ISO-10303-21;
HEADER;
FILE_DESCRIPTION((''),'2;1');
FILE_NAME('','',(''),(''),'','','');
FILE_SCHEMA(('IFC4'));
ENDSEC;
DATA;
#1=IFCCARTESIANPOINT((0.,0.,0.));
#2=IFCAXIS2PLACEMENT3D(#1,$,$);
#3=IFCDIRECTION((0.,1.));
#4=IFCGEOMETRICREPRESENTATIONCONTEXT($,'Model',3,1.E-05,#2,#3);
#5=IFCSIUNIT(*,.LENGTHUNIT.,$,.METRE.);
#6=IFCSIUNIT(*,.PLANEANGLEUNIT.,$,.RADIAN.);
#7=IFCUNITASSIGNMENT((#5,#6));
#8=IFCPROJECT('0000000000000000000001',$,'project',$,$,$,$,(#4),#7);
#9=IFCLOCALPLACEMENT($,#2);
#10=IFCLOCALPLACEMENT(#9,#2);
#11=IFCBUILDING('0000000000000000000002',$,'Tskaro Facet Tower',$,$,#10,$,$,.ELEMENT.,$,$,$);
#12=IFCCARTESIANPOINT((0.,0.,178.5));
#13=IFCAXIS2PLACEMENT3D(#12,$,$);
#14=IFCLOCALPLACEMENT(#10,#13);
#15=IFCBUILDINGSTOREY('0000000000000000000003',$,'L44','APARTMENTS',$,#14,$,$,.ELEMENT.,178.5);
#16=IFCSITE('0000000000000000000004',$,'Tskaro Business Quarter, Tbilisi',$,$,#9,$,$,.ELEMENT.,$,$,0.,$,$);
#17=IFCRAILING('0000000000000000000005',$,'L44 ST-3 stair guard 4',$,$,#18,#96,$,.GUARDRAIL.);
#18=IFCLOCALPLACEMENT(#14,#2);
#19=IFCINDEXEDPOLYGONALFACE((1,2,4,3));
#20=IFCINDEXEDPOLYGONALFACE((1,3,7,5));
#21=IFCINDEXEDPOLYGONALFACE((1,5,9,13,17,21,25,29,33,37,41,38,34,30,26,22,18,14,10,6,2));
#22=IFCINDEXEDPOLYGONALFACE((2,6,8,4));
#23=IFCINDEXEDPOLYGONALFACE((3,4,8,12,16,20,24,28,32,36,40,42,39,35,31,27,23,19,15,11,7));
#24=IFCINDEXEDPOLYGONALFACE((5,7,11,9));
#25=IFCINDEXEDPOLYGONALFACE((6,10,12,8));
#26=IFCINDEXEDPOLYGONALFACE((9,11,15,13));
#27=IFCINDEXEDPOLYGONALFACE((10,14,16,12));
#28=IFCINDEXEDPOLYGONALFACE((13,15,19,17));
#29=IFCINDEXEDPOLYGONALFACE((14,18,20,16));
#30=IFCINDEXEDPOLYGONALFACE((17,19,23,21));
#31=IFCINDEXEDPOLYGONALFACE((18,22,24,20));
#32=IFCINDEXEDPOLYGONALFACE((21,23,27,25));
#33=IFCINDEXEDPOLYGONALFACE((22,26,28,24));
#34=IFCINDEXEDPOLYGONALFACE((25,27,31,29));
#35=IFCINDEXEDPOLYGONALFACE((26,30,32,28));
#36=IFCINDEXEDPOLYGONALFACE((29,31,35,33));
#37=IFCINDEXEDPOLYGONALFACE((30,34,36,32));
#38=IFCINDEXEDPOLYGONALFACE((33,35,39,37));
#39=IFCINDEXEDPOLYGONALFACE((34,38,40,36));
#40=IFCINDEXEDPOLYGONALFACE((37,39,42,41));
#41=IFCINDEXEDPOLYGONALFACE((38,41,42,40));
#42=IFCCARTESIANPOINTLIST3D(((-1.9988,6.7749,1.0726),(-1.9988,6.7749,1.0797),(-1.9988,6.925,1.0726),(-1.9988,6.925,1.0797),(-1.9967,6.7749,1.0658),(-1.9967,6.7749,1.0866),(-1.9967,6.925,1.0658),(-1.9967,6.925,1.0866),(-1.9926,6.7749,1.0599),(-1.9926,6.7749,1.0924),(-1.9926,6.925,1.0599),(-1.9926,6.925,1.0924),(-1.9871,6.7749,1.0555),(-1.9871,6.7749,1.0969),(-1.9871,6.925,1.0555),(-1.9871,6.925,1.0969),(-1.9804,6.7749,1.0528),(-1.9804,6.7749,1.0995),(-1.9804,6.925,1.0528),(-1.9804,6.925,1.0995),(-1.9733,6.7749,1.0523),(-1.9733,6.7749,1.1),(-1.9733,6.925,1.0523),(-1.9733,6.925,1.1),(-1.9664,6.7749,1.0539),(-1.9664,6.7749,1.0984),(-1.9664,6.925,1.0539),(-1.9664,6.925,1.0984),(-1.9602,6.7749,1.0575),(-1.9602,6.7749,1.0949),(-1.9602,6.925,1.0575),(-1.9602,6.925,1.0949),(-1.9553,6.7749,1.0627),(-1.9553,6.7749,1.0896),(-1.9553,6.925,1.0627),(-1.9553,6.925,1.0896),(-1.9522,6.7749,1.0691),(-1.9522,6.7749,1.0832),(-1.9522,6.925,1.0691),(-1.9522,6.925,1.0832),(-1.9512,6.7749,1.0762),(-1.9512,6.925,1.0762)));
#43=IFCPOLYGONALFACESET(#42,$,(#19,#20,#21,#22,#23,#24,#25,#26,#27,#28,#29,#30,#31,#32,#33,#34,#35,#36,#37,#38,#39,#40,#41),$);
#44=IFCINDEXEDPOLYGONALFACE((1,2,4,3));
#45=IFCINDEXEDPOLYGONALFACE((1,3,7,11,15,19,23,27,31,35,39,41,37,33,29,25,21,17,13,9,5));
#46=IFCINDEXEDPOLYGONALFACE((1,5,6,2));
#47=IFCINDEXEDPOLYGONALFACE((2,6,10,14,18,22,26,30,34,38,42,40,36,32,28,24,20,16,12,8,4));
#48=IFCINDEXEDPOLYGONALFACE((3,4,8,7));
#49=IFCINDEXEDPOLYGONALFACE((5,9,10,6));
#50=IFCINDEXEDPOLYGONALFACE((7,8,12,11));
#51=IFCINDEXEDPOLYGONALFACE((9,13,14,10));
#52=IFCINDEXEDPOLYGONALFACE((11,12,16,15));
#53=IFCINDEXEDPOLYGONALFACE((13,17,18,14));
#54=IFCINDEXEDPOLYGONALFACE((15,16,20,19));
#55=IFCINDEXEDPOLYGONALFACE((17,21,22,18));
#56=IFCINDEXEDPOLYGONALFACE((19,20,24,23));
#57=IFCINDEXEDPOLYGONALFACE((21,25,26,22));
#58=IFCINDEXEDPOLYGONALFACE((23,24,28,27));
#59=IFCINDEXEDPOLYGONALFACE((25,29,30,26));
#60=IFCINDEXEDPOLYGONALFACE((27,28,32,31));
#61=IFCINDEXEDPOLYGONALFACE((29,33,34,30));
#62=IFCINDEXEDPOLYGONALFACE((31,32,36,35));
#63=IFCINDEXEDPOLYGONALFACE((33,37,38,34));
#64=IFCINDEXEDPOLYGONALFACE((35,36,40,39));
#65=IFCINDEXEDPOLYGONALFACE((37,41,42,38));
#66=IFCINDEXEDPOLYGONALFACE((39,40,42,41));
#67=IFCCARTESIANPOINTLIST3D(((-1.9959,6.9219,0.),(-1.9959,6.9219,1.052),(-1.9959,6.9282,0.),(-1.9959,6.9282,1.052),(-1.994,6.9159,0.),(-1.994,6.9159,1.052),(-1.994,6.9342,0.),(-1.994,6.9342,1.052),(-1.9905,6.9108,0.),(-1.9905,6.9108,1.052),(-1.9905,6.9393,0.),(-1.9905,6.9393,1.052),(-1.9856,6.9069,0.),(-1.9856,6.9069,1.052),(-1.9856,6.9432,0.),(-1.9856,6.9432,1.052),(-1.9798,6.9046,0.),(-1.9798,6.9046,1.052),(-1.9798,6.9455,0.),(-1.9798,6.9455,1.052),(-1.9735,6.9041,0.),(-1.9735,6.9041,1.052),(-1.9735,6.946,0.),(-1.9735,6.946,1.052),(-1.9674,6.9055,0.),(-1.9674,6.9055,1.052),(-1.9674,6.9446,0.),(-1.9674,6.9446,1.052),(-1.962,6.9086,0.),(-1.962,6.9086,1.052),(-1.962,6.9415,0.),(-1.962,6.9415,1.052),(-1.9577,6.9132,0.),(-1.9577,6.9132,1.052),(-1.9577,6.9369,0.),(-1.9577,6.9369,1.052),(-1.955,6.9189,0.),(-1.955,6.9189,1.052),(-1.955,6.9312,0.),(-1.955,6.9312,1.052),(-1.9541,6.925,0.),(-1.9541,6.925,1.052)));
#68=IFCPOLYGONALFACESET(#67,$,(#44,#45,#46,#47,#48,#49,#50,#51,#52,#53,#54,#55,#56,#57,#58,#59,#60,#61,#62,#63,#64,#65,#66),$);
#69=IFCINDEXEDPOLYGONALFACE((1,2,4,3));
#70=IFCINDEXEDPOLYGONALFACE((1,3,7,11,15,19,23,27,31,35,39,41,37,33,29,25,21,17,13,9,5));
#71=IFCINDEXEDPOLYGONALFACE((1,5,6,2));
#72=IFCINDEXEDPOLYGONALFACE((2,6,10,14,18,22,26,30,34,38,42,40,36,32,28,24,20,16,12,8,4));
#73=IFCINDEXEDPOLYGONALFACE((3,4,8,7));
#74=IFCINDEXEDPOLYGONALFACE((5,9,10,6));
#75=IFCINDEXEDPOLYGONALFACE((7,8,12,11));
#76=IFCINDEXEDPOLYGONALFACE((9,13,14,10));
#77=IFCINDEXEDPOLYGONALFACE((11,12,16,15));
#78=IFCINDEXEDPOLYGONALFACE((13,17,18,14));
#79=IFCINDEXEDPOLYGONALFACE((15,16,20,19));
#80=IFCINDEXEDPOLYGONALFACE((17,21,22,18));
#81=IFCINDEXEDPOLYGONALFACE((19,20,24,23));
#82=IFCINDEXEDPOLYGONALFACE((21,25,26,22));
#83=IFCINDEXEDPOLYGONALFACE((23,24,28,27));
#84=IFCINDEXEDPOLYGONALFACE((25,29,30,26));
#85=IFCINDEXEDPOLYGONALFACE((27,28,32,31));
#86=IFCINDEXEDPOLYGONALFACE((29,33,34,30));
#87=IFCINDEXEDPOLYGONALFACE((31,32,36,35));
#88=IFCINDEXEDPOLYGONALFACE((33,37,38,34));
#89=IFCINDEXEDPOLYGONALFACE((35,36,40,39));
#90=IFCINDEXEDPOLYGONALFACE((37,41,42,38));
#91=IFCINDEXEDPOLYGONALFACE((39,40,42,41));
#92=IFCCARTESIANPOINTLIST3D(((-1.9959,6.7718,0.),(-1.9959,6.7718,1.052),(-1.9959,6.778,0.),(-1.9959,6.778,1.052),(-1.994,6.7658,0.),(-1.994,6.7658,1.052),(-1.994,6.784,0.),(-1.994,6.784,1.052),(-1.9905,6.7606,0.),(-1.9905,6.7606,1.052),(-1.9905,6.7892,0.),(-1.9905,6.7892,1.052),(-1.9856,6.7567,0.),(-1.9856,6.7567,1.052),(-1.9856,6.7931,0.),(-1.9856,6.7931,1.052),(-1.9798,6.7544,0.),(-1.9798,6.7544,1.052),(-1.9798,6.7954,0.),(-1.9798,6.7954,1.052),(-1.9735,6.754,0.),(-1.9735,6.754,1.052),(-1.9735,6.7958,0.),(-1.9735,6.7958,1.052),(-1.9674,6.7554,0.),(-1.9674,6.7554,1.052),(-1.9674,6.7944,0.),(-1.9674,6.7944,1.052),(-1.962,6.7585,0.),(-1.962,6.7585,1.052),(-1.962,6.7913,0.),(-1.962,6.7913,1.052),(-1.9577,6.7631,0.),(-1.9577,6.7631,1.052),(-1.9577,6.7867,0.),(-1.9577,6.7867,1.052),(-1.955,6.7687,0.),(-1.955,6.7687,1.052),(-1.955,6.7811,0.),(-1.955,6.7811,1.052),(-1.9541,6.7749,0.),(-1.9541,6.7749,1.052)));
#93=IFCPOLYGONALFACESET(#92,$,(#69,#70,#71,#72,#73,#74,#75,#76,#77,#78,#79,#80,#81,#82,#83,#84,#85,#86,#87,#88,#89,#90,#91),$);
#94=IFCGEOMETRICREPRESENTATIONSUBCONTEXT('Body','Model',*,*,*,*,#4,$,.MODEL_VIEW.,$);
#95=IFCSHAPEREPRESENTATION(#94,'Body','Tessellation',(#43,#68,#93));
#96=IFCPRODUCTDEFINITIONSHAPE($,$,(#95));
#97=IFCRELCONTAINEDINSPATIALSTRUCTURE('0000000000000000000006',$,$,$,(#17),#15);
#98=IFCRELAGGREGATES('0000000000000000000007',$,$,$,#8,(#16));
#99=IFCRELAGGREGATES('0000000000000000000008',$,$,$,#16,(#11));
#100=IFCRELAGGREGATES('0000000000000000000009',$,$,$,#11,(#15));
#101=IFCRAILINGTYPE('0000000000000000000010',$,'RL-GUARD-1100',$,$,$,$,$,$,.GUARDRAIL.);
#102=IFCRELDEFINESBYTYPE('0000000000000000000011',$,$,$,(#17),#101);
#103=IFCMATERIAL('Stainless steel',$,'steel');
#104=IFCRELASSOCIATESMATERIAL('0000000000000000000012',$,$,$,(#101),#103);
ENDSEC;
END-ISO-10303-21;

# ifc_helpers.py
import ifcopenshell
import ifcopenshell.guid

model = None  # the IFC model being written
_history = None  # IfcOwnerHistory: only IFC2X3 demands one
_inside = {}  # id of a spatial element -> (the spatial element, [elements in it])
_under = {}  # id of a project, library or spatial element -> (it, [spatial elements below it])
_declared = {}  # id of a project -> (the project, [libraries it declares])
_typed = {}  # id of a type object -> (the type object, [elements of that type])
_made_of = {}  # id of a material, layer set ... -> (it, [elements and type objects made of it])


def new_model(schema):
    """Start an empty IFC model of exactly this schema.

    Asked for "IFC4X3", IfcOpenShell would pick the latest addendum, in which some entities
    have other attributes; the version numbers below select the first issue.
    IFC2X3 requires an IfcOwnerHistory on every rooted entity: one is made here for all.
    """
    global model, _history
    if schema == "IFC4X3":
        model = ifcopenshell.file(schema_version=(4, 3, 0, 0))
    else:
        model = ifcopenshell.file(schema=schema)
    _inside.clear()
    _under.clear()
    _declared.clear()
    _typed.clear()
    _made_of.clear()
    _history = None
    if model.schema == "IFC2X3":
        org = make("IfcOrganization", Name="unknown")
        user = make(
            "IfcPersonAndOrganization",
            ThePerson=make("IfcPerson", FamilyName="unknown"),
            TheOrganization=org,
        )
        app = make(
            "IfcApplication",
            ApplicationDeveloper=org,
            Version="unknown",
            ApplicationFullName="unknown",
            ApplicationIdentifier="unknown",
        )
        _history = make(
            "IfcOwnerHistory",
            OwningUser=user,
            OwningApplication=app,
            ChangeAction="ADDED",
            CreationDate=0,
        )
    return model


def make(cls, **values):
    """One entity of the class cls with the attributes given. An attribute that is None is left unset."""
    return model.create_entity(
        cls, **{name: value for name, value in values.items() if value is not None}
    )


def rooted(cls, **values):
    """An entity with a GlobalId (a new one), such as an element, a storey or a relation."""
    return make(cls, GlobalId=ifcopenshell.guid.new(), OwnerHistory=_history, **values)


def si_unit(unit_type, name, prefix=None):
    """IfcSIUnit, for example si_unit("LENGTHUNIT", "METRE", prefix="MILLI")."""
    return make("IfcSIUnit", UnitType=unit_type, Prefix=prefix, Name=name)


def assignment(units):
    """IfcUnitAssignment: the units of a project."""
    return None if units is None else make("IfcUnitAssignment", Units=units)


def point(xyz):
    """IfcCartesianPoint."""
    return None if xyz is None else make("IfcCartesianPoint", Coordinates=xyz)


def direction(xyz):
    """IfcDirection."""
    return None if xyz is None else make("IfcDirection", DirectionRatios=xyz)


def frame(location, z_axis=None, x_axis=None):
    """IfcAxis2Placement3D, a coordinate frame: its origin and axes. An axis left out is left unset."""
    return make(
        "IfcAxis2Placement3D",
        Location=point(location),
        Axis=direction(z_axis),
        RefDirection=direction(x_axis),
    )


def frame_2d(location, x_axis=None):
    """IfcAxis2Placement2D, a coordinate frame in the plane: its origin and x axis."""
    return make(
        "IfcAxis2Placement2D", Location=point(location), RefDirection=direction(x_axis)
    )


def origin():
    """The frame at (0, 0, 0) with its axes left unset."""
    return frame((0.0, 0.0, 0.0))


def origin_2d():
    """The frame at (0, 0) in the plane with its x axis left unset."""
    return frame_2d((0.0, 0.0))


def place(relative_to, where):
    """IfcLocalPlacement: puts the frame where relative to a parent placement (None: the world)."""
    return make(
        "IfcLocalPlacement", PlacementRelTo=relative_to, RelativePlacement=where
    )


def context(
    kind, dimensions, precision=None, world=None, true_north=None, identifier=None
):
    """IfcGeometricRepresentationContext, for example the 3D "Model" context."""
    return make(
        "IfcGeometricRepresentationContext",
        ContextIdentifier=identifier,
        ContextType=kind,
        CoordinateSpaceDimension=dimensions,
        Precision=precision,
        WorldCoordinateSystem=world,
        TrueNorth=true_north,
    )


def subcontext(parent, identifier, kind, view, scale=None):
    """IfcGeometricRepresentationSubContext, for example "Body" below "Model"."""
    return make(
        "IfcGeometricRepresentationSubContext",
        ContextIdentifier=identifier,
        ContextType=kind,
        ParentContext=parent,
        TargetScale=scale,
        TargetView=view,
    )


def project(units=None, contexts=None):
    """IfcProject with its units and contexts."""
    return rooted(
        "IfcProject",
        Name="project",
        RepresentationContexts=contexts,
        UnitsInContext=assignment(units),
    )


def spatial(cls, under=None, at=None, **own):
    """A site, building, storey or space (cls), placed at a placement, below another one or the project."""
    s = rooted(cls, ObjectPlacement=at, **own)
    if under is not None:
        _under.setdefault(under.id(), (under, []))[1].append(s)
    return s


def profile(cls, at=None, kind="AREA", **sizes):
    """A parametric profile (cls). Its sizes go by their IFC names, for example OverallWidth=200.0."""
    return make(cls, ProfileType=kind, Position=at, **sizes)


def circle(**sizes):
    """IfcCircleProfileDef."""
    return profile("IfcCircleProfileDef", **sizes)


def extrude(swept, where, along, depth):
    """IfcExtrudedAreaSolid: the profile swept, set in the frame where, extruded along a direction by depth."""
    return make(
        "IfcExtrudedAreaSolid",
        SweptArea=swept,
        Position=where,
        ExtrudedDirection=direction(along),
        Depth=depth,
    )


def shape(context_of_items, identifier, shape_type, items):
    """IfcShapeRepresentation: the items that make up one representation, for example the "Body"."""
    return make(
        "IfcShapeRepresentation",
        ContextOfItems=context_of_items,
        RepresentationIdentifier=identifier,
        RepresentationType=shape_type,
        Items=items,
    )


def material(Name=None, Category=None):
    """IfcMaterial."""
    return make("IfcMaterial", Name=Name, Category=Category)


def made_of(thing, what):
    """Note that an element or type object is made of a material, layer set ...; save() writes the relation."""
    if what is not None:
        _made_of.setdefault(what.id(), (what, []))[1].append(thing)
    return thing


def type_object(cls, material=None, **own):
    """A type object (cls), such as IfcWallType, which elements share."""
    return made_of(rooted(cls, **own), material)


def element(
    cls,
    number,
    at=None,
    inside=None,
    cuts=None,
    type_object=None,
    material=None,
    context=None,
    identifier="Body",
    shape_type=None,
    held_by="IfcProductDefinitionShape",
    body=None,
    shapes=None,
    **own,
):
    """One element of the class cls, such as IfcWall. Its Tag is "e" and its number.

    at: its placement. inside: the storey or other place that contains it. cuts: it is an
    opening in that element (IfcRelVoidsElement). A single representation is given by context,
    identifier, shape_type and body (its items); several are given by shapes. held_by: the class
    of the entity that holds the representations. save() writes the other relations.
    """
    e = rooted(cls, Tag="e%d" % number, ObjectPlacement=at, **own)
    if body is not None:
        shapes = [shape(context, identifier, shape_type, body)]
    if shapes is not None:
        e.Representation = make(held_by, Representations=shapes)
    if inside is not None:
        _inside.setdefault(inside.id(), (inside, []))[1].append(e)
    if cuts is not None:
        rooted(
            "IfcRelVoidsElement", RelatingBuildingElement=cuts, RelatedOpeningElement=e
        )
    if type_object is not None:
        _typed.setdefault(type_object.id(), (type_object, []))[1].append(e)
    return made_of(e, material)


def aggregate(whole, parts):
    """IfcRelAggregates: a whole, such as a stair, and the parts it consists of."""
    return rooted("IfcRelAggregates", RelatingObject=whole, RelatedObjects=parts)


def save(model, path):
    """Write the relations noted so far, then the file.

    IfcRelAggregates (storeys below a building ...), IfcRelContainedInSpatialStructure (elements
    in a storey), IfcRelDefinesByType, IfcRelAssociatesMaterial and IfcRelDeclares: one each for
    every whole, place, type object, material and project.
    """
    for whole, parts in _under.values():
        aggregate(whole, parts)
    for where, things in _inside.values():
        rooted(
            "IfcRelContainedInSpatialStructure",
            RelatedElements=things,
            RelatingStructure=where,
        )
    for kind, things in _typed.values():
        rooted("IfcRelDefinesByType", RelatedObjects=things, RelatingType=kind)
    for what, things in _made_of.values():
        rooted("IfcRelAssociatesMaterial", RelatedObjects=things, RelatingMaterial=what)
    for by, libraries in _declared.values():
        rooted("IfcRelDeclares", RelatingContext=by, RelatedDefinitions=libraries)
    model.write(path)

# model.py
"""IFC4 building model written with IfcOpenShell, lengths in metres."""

from ifc_helpers import new_model, si_unit, direction, frame, origin, origin_2d, place, context, subcontext, project, spatial, circle, extrude, material, type_object, element, save


model = new_model("IFC4")

# Units and contexts
model_context = context("Model", 3, precision=1e-05, world=origin(), true_north=direction((0.0, 1.0)))
body_context = subcontext(model_context, "Body", "Model", "MODEL_VIEW")
ifc_project = project(units=[si_unit("LENGTHUNIT", "METRE"), si_unit("PLANEANGLEUNIT", "RADIAN")], contexts=[model_context])

# Site, building, storey
site_placement = place(None, origin())
site = spatial("IfcSite", under=ifc_project, at=site_placement, Name="Tskaro Business Quarter, Tbilisi", CompositionType="ELEMENT", RefElevation=0.0)
building_placement = place(site_placement, origin())
building = spatial("IfcBuilding", under=site, at=building_placement, Name="Tskaro Facet Tower", CompositionType="ELEMENT")
storey_placement = place(building_placement, frame((0.0, 0.0, 178.5)))
storey = spatial("IfcBuildingStorey", under=building, at=storey_placement, Name="L44", Description="APARTMENTS", CompositionType="ELEMENT", Elevation=178.5)

# Railing
ifc_material_1 = material(Name="Stainless steel", Category="steel")
railing_type_1 = type_object("IfcRailingType", Name="RL-GUARD-1100", PredefinedType="GUARDRAIL", material=ifc_material_1)
railing_1_placement = place(storey_placement, frame((-1.9751, 6.925, 0.0)))
element("IfcRailing", 1, at=railing_1_placement, inside=storey, type_object=railing_type_1, Name="L44 ST-3 stair guard 4", PredefinedType="GUARDRAIL", context=body_context, shape_type="SweptSolid", body=[
    extrude(circle(Radius=0.0239, at=origin_2d()), frame((0.0, 0.0, 1.0762), z_axis=(0.0, -1.0, 0.0), x_axis=(1.0, 0.0, 0.0)), (0.0, 0.0, 1.0), 0.1501),
    extrude(circle(Radius=0.021, at=origin_2d()), origin(), (0.0, 0.0, 1.0), 1.052),
    extrude(circle(Radius=0.021, at=origin_2d()), frame((0.0, -0.1501, 0.0)), (0.0, 0.0, 1.0), 1.052),
])

save(model, "model.ifc")
